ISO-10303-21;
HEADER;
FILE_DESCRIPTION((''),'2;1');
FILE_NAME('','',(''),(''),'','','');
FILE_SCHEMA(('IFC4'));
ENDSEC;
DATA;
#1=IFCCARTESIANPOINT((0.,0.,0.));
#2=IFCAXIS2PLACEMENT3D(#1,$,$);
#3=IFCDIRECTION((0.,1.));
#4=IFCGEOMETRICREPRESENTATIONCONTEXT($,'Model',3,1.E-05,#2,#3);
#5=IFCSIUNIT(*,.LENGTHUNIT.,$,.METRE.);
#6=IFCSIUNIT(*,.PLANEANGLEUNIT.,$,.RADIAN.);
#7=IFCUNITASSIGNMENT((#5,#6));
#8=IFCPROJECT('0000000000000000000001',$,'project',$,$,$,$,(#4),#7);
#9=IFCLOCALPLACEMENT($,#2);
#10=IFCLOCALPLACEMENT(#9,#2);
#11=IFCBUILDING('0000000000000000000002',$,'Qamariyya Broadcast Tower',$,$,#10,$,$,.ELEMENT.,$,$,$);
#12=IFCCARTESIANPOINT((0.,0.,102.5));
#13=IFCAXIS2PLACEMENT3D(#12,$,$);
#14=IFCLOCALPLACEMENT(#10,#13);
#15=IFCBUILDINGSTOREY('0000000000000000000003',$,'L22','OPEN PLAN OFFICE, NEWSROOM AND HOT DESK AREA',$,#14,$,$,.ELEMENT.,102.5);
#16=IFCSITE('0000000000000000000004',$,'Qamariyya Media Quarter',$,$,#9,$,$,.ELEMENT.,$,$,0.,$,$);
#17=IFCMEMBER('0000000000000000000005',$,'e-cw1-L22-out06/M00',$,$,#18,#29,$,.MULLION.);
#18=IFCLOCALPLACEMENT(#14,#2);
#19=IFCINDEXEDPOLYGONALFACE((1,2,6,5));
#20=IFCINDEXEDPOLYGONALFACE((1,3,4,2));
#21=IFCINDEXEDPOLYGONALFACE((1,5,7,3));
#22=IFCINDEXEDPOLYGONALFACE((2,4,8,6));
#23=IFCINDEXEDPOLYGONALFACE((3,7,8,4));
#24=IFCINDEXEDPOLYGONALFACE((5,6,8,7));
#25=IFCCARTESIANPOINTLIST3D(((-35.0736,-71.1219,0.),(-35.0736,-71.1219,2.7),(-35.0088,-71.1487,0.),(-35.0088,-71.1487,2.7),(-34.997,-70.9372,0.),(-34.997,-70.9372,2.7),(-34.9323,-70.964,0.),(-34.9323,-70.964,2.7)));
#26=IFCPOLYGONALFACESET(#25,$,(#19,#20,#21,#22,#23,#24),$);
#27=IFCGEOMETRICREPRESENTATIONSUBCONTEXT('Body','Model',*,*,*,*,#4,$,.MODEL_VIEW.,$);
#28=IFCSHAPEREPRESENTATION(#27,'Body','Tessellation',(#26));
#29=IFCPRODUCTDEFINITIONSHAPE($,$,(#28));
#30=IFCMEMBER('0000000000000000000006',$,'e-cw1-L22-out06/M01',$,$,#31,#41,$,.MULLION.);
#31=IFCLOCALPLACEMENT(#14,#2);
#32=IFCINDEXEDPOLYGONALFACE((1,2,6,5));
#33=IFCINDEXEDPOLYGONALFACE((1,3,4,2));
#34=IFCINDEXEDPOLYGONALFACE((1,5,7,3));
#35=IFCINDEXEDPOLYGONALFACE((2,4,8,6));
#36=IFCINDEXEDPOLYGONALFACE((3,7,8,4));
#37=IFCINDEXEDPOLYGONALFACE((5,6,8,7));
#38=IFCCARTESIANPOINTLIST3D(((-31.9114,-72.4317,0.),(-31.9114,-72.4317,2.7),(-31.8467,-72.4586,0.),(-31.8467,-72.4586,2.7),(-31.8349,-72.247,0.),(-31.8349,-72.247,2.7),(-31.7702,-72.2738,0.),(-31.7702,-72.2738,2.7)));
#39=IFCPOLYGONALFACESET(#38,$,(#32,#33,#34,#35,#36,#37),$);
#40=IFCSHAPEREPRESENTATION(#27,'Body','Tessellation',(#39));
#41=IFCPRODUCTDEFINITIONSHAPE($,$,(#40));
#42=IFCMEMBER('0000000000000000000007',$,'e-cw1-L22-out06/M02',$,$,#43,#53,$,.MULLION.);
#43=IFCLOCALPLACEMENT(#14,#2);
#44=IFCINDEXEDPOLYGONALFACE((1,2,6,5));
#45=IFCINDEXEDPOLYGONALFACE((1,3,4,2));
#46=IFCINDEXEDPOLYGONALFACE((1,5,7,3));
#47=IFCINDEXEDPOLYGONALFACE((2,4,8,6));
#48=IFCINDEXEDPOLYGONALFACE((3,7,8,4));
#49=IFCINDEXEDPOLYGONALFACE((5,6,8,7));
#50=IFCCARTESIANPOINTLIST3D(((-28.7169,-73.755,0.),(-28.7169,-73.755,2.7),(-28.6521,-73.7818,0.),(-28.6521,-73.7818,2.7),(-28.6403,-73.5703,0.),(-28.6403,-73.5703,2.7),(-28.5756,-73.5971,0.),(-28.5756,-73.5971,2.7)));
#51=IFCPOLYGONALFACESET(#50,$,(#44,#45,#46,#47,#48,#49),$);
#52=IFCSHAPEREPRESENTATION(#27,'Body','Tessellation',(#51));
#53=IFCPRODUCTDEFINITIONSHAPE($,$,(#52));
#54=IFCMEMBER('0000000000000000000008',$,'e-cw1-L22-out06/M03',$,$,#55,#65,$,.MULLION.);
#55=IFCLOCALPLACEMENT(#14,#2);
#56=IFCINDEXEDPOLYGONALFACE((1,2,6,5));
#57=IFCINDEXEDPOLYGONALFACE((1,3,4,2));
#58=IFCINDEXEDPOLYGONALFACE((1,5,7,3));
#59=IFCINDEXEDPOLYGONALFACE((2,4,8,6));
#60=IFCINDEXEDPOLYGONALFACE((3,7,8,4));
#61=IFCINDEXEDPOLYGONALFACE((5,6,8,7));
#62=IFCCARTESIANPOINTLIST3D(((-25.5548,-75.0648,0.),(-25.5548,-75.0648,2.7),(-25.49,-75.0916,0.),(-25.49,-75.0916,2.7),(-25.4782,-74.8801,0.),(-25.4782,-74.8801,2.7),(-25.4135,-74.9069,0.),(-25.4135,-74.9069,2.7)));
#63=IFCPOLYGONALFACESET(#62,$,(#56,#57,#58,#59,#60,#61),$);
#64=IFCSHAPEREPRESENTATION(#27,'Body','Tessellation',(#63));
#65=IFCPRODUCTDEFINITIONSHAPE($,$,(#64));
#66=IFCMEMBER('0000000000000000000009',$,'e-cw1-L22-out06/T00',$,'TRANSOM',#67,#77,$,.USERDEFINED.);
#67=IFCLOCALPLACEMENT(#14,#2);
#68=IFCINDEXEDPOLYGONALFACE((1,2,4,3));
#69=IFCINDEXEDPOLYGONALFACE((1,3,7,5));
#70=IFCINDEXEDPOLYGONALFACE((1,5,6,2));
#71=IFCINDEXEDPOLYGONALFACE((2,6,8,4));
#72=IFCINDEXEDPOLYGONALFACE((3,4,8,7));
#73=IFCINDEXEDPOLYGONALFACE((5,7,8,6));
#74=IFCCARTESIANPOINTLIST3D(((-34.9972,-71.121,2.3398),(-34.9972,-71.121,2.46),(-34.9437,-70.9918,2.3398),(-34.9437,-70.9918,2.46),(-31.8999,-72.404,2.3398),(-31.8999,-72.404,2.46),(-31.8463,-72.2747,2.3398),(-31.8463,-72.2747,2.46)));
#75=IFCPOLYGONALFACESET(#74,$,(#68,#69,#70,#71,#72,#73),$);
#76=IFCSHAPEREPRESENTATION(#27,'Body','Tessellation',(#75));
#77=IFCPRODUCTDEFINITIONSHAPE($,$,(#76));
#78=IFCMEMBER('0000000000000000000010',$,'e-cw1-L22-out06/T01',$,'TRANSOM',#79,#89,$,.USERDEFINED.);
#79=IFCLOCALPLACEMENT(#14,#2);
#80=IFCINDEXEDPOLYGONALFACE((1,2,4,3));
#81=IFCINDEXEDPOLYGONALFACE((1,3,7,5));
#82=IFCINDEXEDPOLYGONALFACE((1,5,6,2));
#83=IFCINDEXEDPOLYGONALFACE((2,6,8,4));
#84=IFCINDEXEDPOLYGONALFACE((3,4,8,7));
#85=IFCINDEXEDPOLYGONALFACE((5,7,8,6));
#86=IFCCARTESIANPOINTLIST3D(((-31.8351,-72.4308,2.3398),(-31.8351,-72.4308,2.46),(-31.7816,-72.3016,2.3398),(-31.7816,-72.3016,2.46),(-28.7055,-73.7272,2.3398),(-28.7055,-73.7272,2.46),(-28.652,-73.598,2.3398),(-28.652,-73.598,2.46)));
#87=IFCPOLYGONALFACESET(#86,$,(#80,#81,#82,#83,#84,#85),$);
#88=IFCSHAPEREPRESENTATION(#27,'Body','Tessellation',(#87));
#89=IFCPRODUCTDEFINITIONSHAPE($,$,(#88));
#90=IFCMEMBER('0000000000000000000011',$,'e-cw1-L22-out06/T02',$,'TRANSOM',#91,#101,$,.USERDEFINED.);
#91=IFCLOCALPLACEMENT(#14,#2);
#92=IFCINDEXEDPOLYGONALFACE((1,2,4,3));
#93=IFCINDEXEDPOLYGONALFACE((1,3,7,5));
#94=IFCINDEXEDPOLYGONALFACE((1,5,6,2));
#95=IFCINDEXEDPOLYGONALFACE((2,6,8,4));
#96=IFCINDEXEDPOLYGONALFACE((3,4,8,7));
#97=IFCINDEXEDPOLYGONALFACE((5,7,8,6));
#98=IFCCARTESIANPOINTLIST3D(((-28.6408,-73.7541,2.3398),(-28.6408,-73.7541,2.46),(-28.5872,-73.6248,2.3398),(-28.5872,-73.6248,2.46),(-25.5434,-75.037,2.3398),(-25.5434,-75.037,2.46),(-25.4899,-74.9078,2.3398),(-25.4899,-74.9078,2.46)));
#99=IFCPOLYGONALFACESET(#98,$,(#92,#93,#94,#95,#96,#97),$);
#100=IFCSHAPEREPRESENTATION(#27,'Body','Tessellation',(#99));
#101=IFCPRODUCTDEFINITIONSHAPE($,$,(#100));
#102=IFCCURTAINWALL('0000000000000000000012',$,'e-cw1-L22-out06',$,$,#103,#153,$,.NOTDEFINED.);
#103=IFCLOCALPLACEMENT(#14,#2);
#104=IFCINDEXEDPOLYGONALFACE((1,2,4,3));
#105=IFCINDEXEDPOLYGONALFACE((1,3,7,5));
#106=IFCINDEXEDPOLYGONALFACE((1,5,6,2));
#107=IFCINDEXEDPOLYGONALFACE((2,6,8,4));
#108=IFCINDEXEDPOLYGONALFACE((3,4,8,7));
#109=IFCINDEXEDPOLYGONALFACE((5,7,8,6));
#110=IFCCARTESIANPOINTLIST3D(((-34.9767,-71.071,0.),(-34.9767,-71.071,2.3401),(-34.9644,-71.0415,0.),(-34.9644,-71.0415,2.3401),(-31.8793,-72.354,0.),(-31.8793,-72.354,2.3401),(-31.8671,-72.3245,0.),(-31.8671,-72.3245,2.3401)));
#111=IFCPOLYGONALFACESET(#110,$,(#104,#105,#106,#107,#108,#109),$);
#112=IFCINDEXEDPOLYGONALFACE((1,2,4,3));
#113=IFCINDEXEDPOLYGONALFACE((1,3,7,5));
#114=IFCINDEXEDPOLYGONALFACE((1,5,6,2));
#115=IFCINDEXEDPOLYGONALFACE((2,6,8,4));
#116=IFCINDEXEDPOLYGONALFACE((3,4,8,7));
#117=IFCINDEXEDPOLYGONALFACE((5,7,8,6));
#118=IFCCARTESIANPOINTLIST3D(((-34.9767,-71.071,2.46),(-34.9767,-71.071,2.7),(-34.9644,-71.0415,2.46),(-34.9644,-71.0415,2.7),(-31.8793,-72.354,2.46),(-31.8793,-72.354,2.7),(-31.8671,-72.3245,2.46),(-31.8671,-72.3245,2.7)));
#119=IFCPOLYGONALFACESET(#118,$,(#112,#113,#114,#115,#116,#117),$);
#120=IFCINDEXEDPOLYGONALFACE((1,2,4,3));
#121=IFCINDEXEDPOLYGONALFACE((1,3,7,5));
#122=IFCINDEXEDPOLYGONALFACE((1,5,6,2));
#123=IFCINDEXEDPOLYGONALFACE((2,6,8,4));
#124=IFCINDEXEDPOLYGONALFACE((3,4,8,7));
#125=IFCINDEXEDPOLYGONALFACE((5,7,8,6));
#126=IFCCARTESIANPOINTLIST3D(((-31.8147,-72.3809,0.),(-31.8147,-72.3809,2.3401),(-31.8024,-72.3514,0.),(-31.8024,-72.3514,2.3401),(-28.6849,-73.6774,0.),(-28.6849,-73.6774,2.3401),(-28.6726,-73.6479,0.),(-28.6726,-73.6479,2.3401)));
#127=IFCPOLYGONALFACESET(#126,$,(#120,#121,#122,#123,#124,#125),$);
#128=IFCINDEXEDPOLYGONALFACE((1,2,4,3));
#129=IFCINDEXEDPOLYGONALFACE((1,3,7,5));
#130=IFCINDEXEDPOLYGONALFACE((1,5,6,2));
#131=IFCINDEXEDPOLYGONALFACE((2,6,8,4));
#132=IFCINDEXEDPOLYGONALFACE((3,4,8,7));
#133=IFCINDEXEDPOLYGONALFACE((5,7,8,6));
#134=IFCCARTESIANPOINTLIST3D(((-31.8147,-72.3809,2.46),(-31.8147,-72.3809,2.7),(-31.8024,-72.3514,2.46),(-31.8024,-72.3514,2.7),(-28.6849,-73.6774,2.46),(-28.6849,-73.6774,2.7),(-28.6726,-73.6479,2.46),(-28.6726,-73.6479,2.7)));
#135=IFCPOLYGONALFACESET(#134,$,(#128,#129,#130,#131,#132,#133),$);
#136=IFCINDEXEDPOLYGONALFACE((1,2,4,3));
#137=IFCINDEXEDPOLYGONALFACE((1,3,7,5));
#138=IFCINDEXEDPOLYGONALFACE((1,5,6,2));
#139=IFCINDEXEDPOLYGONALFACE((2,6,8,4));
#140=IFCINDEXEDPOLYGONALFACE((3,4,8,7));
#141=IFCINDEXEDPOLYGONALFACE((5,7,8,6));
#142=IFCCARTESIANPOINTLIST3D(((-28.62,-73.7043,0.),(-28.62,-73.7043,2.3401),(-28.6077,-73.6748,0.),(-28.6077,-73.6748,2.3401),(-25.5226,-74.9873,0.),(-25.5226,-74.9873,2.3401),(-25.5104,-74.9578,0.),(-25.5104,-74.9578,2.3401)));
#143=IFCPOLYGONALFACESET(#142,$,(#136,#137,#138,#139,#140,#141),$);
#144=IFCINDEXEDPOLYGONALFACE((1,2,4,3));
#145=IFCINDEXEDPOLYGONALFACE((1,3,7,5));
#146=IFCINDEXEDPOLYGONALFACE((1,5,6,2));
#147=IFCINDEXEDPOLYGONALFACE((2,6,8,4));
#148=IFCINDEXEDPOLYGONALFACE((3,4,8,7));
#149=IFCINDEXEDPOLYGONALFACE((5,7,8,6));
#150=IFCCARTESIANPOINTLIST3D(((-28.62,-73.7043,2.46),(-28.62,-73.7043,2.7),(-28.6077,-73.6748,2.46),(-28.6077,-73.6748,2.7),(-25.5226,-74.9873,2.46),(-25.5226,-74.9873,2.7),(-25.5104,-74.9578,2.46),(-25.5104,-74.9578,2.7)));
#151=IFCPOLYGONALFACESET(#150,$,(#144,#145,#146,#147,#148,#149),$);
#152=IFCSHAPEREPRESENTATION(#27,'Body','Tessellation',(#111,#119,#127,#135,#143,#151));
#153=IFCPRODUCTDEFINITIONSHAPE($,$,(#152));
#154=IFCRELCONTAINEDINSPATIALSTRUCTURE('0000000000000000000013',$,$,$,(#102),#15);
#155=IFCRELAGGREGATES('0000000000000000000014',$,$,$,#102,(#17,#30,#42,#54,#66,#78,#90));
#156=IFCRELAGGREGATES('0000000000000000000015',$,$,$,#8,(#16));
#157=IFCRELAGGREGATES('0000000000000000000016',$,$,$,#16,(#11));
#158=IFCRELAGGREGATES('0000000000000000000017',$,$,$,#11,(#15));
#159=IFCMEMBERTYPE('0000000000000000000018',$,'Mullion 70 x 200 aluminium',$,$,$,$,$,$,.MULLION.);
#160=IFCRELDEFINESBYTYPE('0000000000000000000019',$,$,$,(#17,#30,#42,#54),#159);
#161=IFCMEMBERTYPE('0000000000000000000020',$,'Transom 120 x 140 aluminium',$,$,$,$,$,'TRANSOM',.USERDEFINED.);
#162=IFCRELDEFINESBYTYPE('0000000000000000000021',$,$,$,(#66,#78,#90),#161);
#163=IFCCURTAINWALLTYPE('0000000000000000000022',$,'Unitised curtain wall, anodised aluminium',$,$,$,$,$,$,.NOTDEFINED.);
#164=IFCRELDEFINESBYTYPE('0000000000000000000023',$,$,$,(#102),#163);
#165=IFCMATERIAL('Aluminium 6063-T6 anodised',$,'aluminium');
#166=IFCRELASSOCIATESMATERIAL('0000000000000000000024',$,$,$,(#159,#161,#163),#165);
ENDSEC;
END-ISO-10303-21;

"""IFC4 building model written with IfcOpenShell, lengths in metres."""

from ifc_helpers import new_model, si_unit, direction, frame, origin, origin_2d, place, context, subcontext, project, spatial, rectangle, extrude, material, material_profile, profile_set, type_object, element, aggregate, save


model = new_model("IFC4")

# Units and contexts
model_context = context("Model", 3, precision=1e-05, world=origin(), true_north=direction((0.0, 1.0)))
body_context = subcontext(model_context, "Body", "Model", "MODEL_VIEW")
ifc_project = project(units=[si_unit("LENGTHUNIT", "METRE"), si_unit("PLANEANGLEUNIT", "RADIAN")], contexts=[model_context])

# Members
ifc_material = material(Name="Aluminium 6063-T6 anodised", Category="aluminium")
ifc_material_profile_1 = material_profile(ifc_material, rectangle(XDim=0.2, YDim=0.0701, at=origin_2d()))
ifc_profile_set_1 = profile_set([ifc_material_profile_1], Name="Aluminium 6063-T6 anodised")
member_type_1 = type_object("IfcMemberType", Name="Mullion 70 x 200 aluminium", PredefinedType="MULLION", material=ifc_profile_set_1)
site_placement = place(None, origin())
building_placement = place(site_placement, origin())
storey_placement = place(building_placement, frame((0.0, 0.0, 102.5)))
member_1_placement = place(storey_placement, frame((-35.0029, -71.043, 0.0), z_axis=(0.0, 0.0, 1.0), x_axis=(0.382683, 0.92388, 0.0)))
member_1 = element("IfcMember", 1, at=member_1_placement, type_object=member_type_1, Name="e-cw1-L22-out06/M00", PredefinedType="MULLION", context=body_context, shape_type="SweptSolid", body=[
    extrude(rectangle(XDim=0.2, YDim=0.0701, at=origin_2d()), origin(), (0.0, 0.0, 1.0), 2.7),
])
member_2_placement = place(storey_placement, frame((-31.8408, -72.3528, 0.0), z_axis=(0.0, 0.0, 1.0), x_axis=(0.382683, 0.92388, 0.0)))
member_2 = element("IfcMember", 2, at=member_2_placement, type_object=member_type_1, Name="e-cw1-L22-out06/M01", PredefinedType="MULLION", context=body_context, shape_type="SweptSolid", body=[
    extrude(rectangle(XDim=0.2, YDim=0.0701, at=origin_2d()), origin(), (0.0, 0.0, 1.0), 2.7),
])
member_3_placement = place(storey_placement, frame((-28.6462, -73.676, 0.0), z_axis=(0.0, 0.0, 1.0), x_axis=(0.382683, 0.92388, 0.0)))
member_3 = element("IfcMember", 3, at=member_3_placement, type_object=member_type_1, Name="e-cw1-L22-out06/M02", PredefinedType="MULLION", context=body_context, shape_type="SweptSolid", body=[
    extrude(rectangle(XDim=0.2, YDim=0.0701, at=origin_2d()), origin(), (0.0, 0.0, 1.0), 2.7),
])
member_4_placement = place(storey_placement, frame((-25.4841, -74.9858, 0.0), z_axis=(0.0, 0.0, 1.0), x_axis=(0.382683, 0.92388, 0.0)))
member_4 = element("IfcMember", 4, at=member_4_placement, type_object=member_type_1, Name="e-cw1-L22-out06/M03", PredefinedType="MULLION", context=body_context, shape_type="SweptSolid", body=[
    extrude(rectangle(XDim=0.2, YDim=0.0701, at=origin_2d()), origin(), (0.0, 0.0, 1.0), 2.7),
])
ifc_material_profile_2 = material_profile(ifc_material, rectangle(XDim=0.1399, YDim=0.1201, at=origin_2d()))
ifc_profile_set_2 = profile_set([ifc_material_profile_2], Name="Aluminium 6063-T6 anodised")
member_type_2 = type_object("IfcMemberType", Name="Transom 120 x 140 aluminium", ElementType="TRANSOM", PredefinedType="USERDEFINED", material=ifc_profile_set_2)
member_5_placement = place(storey_placement, frame((-34.9705, -71.0564, 2.3999), z_axis=(0.923883, -0.382676, 0.0), x_axis=(0.382676, 0.923883, 0.0)))
member_5 = element("IfcMember", 5, at=member_5_placement, type_object=member_type_2, Name="e-cw1-L22-out06/T00", ObjectType="TRANSOM", PredefinedType="USERDEFINED", context=body_context, shape_type="SweptSolid", body=[
    extrude(rectangle(XDim=0.1399, YDim=0.1201, at=origin_2d()), origin(), (0.0, 0.0, 1.0), 3.3525),
])
member_6_placement = place(storey_placement, frame((-31.8083, -72.3662, 2.3999), z_axis=(0.923875, -0.382696, 0.0), x_axis=(0.382696, 0.923875, 0.0)))
member_6 = element("IfcMember", 6, at=member_6_placement, type_object=member_type_2, Name="e-cw1-L22-out06/T01", ObjectType="TRANSOM", PredefinedType="USERDEFINED", context=body_context, shape_type="SweptSolid", body=[
    extrude(rectangle(XDim=0.1399, YDim=0.1201, at=origin_2d()), origin(), (0.0, 0.0, 1.0), 3.3875),
])
member_7_placement = place(storey_placement, frame((-28.614, -73.6895, 2.3999), z_axis=(0.923883, -0.382676, 0.0), x_axis=(0.382676, 0.923883, 0.0)))
member_7 = element("IfcMember", 7, at=member_7_placement, type_object=member_type_2, Name="e-cw1-L22-out06/T02", ObjectType="TRANSOM", PredefinedType="USERDEFINED", context=body_context, shape_type="SweptSolid", body=[
    extrude(rectangle(XDim=0.1399, YDim=0.1201, at=origin_2d()), origin(), (0.0, 0.0, 1.0), 3.3525),
])

# Site, building, storey
site = spatial("IfcSite", under=ifc_project, at=site_placement, Name="Qamariyya Media Quarter", CompositionType="ELEMENT", RefElevation=0.0)
building = spatial("IfcBuilding", under=site, at=building_placement, Name="Qamariyya Broadcast Tower", CompositionType="ELEMENT")
storey = spatial("IfcBuildingStorey", under=building, at=storey_placement, Name="L22", Description="OPEN PLAN OFFICE, NEWSROOM AND HOT DESK AREA", CompositionType="ELEMENT", Elevation=102.5)

# Curtain wall
curtain_wall_type = type_object("IfcCurtainWallType", Name="Unitised curtain wall, anodised aluminium", PredefinedType="NOTDEFINED", material=ifc_material)
curtain_wall_1_placement = place(storey_placement, origin())
curtain_wall_1 = element("IfcCurtainWall", 8, at=curtain_wall_1_placement, inside=storey, type_object=curtain_wall_type, Name="e-cw1-L22-out06", PredefinedType="NOTDEFINED", context=body_context, shape_type="SweptSolid", body=[
    extrude(rectangle(XDim=3.3525, YDim=0.032, at=origin_2d()), frame((-33.4219, -71.6978, 0.0), x_axis=(0.923872, -0.382701, 0.0)), (0.0, 0.0, 1.0), 2.3401),
    extrude(rectangle(XDim=3.3525, YDim=0.032, at=origin_2d()), frame((-33.4219, -71.6978, 2.46), x_axis=(0.923872, -0.382701, 0.0)), (0.0, 0.0, 1.0), 0.24),
    extrude(rectangle(XDim=3.3877, YDim=0.032, at=origin_2d()), frame((-30.2437, -73.0144, 0.0), x_axis=(0.923872, -0.382701, 0.0)), (0.0, 0.0, 1.0), 2.3401),
    extrude(rectangle(XDim=3.3877, YDim=0.032, at=origin_2d()), frame((-30.2437, -73.0144, 2.46), x_axis=(0.923872, -0.382701, 0.0)), (0.0, 0.0, 1.0), 0.24),
    extrude(rectangle(XDim=3.3525, YDim=0.032, at=origin_2d()), frame((-27.0652, -74.3311, 0.0), x_axis=(0.923872, -0.382701, 0.0)), (0.0, 0.0, 1.0), 2.3401),
    extrude(rectangle(XDim=3.3525, YDim=0.032, at=origin_2d()), frame((-27.0652, -74.3311, 2.46), x_axis=(0.923872, -0.382701, 0.0)), (0.0, 0.0, 1.0), 0.24),
])
aggregate(curtain_wall_1, [member_1, member_2, member_3, member_4, member_5, member_6, member_7])

save(model, "model.ifc")
